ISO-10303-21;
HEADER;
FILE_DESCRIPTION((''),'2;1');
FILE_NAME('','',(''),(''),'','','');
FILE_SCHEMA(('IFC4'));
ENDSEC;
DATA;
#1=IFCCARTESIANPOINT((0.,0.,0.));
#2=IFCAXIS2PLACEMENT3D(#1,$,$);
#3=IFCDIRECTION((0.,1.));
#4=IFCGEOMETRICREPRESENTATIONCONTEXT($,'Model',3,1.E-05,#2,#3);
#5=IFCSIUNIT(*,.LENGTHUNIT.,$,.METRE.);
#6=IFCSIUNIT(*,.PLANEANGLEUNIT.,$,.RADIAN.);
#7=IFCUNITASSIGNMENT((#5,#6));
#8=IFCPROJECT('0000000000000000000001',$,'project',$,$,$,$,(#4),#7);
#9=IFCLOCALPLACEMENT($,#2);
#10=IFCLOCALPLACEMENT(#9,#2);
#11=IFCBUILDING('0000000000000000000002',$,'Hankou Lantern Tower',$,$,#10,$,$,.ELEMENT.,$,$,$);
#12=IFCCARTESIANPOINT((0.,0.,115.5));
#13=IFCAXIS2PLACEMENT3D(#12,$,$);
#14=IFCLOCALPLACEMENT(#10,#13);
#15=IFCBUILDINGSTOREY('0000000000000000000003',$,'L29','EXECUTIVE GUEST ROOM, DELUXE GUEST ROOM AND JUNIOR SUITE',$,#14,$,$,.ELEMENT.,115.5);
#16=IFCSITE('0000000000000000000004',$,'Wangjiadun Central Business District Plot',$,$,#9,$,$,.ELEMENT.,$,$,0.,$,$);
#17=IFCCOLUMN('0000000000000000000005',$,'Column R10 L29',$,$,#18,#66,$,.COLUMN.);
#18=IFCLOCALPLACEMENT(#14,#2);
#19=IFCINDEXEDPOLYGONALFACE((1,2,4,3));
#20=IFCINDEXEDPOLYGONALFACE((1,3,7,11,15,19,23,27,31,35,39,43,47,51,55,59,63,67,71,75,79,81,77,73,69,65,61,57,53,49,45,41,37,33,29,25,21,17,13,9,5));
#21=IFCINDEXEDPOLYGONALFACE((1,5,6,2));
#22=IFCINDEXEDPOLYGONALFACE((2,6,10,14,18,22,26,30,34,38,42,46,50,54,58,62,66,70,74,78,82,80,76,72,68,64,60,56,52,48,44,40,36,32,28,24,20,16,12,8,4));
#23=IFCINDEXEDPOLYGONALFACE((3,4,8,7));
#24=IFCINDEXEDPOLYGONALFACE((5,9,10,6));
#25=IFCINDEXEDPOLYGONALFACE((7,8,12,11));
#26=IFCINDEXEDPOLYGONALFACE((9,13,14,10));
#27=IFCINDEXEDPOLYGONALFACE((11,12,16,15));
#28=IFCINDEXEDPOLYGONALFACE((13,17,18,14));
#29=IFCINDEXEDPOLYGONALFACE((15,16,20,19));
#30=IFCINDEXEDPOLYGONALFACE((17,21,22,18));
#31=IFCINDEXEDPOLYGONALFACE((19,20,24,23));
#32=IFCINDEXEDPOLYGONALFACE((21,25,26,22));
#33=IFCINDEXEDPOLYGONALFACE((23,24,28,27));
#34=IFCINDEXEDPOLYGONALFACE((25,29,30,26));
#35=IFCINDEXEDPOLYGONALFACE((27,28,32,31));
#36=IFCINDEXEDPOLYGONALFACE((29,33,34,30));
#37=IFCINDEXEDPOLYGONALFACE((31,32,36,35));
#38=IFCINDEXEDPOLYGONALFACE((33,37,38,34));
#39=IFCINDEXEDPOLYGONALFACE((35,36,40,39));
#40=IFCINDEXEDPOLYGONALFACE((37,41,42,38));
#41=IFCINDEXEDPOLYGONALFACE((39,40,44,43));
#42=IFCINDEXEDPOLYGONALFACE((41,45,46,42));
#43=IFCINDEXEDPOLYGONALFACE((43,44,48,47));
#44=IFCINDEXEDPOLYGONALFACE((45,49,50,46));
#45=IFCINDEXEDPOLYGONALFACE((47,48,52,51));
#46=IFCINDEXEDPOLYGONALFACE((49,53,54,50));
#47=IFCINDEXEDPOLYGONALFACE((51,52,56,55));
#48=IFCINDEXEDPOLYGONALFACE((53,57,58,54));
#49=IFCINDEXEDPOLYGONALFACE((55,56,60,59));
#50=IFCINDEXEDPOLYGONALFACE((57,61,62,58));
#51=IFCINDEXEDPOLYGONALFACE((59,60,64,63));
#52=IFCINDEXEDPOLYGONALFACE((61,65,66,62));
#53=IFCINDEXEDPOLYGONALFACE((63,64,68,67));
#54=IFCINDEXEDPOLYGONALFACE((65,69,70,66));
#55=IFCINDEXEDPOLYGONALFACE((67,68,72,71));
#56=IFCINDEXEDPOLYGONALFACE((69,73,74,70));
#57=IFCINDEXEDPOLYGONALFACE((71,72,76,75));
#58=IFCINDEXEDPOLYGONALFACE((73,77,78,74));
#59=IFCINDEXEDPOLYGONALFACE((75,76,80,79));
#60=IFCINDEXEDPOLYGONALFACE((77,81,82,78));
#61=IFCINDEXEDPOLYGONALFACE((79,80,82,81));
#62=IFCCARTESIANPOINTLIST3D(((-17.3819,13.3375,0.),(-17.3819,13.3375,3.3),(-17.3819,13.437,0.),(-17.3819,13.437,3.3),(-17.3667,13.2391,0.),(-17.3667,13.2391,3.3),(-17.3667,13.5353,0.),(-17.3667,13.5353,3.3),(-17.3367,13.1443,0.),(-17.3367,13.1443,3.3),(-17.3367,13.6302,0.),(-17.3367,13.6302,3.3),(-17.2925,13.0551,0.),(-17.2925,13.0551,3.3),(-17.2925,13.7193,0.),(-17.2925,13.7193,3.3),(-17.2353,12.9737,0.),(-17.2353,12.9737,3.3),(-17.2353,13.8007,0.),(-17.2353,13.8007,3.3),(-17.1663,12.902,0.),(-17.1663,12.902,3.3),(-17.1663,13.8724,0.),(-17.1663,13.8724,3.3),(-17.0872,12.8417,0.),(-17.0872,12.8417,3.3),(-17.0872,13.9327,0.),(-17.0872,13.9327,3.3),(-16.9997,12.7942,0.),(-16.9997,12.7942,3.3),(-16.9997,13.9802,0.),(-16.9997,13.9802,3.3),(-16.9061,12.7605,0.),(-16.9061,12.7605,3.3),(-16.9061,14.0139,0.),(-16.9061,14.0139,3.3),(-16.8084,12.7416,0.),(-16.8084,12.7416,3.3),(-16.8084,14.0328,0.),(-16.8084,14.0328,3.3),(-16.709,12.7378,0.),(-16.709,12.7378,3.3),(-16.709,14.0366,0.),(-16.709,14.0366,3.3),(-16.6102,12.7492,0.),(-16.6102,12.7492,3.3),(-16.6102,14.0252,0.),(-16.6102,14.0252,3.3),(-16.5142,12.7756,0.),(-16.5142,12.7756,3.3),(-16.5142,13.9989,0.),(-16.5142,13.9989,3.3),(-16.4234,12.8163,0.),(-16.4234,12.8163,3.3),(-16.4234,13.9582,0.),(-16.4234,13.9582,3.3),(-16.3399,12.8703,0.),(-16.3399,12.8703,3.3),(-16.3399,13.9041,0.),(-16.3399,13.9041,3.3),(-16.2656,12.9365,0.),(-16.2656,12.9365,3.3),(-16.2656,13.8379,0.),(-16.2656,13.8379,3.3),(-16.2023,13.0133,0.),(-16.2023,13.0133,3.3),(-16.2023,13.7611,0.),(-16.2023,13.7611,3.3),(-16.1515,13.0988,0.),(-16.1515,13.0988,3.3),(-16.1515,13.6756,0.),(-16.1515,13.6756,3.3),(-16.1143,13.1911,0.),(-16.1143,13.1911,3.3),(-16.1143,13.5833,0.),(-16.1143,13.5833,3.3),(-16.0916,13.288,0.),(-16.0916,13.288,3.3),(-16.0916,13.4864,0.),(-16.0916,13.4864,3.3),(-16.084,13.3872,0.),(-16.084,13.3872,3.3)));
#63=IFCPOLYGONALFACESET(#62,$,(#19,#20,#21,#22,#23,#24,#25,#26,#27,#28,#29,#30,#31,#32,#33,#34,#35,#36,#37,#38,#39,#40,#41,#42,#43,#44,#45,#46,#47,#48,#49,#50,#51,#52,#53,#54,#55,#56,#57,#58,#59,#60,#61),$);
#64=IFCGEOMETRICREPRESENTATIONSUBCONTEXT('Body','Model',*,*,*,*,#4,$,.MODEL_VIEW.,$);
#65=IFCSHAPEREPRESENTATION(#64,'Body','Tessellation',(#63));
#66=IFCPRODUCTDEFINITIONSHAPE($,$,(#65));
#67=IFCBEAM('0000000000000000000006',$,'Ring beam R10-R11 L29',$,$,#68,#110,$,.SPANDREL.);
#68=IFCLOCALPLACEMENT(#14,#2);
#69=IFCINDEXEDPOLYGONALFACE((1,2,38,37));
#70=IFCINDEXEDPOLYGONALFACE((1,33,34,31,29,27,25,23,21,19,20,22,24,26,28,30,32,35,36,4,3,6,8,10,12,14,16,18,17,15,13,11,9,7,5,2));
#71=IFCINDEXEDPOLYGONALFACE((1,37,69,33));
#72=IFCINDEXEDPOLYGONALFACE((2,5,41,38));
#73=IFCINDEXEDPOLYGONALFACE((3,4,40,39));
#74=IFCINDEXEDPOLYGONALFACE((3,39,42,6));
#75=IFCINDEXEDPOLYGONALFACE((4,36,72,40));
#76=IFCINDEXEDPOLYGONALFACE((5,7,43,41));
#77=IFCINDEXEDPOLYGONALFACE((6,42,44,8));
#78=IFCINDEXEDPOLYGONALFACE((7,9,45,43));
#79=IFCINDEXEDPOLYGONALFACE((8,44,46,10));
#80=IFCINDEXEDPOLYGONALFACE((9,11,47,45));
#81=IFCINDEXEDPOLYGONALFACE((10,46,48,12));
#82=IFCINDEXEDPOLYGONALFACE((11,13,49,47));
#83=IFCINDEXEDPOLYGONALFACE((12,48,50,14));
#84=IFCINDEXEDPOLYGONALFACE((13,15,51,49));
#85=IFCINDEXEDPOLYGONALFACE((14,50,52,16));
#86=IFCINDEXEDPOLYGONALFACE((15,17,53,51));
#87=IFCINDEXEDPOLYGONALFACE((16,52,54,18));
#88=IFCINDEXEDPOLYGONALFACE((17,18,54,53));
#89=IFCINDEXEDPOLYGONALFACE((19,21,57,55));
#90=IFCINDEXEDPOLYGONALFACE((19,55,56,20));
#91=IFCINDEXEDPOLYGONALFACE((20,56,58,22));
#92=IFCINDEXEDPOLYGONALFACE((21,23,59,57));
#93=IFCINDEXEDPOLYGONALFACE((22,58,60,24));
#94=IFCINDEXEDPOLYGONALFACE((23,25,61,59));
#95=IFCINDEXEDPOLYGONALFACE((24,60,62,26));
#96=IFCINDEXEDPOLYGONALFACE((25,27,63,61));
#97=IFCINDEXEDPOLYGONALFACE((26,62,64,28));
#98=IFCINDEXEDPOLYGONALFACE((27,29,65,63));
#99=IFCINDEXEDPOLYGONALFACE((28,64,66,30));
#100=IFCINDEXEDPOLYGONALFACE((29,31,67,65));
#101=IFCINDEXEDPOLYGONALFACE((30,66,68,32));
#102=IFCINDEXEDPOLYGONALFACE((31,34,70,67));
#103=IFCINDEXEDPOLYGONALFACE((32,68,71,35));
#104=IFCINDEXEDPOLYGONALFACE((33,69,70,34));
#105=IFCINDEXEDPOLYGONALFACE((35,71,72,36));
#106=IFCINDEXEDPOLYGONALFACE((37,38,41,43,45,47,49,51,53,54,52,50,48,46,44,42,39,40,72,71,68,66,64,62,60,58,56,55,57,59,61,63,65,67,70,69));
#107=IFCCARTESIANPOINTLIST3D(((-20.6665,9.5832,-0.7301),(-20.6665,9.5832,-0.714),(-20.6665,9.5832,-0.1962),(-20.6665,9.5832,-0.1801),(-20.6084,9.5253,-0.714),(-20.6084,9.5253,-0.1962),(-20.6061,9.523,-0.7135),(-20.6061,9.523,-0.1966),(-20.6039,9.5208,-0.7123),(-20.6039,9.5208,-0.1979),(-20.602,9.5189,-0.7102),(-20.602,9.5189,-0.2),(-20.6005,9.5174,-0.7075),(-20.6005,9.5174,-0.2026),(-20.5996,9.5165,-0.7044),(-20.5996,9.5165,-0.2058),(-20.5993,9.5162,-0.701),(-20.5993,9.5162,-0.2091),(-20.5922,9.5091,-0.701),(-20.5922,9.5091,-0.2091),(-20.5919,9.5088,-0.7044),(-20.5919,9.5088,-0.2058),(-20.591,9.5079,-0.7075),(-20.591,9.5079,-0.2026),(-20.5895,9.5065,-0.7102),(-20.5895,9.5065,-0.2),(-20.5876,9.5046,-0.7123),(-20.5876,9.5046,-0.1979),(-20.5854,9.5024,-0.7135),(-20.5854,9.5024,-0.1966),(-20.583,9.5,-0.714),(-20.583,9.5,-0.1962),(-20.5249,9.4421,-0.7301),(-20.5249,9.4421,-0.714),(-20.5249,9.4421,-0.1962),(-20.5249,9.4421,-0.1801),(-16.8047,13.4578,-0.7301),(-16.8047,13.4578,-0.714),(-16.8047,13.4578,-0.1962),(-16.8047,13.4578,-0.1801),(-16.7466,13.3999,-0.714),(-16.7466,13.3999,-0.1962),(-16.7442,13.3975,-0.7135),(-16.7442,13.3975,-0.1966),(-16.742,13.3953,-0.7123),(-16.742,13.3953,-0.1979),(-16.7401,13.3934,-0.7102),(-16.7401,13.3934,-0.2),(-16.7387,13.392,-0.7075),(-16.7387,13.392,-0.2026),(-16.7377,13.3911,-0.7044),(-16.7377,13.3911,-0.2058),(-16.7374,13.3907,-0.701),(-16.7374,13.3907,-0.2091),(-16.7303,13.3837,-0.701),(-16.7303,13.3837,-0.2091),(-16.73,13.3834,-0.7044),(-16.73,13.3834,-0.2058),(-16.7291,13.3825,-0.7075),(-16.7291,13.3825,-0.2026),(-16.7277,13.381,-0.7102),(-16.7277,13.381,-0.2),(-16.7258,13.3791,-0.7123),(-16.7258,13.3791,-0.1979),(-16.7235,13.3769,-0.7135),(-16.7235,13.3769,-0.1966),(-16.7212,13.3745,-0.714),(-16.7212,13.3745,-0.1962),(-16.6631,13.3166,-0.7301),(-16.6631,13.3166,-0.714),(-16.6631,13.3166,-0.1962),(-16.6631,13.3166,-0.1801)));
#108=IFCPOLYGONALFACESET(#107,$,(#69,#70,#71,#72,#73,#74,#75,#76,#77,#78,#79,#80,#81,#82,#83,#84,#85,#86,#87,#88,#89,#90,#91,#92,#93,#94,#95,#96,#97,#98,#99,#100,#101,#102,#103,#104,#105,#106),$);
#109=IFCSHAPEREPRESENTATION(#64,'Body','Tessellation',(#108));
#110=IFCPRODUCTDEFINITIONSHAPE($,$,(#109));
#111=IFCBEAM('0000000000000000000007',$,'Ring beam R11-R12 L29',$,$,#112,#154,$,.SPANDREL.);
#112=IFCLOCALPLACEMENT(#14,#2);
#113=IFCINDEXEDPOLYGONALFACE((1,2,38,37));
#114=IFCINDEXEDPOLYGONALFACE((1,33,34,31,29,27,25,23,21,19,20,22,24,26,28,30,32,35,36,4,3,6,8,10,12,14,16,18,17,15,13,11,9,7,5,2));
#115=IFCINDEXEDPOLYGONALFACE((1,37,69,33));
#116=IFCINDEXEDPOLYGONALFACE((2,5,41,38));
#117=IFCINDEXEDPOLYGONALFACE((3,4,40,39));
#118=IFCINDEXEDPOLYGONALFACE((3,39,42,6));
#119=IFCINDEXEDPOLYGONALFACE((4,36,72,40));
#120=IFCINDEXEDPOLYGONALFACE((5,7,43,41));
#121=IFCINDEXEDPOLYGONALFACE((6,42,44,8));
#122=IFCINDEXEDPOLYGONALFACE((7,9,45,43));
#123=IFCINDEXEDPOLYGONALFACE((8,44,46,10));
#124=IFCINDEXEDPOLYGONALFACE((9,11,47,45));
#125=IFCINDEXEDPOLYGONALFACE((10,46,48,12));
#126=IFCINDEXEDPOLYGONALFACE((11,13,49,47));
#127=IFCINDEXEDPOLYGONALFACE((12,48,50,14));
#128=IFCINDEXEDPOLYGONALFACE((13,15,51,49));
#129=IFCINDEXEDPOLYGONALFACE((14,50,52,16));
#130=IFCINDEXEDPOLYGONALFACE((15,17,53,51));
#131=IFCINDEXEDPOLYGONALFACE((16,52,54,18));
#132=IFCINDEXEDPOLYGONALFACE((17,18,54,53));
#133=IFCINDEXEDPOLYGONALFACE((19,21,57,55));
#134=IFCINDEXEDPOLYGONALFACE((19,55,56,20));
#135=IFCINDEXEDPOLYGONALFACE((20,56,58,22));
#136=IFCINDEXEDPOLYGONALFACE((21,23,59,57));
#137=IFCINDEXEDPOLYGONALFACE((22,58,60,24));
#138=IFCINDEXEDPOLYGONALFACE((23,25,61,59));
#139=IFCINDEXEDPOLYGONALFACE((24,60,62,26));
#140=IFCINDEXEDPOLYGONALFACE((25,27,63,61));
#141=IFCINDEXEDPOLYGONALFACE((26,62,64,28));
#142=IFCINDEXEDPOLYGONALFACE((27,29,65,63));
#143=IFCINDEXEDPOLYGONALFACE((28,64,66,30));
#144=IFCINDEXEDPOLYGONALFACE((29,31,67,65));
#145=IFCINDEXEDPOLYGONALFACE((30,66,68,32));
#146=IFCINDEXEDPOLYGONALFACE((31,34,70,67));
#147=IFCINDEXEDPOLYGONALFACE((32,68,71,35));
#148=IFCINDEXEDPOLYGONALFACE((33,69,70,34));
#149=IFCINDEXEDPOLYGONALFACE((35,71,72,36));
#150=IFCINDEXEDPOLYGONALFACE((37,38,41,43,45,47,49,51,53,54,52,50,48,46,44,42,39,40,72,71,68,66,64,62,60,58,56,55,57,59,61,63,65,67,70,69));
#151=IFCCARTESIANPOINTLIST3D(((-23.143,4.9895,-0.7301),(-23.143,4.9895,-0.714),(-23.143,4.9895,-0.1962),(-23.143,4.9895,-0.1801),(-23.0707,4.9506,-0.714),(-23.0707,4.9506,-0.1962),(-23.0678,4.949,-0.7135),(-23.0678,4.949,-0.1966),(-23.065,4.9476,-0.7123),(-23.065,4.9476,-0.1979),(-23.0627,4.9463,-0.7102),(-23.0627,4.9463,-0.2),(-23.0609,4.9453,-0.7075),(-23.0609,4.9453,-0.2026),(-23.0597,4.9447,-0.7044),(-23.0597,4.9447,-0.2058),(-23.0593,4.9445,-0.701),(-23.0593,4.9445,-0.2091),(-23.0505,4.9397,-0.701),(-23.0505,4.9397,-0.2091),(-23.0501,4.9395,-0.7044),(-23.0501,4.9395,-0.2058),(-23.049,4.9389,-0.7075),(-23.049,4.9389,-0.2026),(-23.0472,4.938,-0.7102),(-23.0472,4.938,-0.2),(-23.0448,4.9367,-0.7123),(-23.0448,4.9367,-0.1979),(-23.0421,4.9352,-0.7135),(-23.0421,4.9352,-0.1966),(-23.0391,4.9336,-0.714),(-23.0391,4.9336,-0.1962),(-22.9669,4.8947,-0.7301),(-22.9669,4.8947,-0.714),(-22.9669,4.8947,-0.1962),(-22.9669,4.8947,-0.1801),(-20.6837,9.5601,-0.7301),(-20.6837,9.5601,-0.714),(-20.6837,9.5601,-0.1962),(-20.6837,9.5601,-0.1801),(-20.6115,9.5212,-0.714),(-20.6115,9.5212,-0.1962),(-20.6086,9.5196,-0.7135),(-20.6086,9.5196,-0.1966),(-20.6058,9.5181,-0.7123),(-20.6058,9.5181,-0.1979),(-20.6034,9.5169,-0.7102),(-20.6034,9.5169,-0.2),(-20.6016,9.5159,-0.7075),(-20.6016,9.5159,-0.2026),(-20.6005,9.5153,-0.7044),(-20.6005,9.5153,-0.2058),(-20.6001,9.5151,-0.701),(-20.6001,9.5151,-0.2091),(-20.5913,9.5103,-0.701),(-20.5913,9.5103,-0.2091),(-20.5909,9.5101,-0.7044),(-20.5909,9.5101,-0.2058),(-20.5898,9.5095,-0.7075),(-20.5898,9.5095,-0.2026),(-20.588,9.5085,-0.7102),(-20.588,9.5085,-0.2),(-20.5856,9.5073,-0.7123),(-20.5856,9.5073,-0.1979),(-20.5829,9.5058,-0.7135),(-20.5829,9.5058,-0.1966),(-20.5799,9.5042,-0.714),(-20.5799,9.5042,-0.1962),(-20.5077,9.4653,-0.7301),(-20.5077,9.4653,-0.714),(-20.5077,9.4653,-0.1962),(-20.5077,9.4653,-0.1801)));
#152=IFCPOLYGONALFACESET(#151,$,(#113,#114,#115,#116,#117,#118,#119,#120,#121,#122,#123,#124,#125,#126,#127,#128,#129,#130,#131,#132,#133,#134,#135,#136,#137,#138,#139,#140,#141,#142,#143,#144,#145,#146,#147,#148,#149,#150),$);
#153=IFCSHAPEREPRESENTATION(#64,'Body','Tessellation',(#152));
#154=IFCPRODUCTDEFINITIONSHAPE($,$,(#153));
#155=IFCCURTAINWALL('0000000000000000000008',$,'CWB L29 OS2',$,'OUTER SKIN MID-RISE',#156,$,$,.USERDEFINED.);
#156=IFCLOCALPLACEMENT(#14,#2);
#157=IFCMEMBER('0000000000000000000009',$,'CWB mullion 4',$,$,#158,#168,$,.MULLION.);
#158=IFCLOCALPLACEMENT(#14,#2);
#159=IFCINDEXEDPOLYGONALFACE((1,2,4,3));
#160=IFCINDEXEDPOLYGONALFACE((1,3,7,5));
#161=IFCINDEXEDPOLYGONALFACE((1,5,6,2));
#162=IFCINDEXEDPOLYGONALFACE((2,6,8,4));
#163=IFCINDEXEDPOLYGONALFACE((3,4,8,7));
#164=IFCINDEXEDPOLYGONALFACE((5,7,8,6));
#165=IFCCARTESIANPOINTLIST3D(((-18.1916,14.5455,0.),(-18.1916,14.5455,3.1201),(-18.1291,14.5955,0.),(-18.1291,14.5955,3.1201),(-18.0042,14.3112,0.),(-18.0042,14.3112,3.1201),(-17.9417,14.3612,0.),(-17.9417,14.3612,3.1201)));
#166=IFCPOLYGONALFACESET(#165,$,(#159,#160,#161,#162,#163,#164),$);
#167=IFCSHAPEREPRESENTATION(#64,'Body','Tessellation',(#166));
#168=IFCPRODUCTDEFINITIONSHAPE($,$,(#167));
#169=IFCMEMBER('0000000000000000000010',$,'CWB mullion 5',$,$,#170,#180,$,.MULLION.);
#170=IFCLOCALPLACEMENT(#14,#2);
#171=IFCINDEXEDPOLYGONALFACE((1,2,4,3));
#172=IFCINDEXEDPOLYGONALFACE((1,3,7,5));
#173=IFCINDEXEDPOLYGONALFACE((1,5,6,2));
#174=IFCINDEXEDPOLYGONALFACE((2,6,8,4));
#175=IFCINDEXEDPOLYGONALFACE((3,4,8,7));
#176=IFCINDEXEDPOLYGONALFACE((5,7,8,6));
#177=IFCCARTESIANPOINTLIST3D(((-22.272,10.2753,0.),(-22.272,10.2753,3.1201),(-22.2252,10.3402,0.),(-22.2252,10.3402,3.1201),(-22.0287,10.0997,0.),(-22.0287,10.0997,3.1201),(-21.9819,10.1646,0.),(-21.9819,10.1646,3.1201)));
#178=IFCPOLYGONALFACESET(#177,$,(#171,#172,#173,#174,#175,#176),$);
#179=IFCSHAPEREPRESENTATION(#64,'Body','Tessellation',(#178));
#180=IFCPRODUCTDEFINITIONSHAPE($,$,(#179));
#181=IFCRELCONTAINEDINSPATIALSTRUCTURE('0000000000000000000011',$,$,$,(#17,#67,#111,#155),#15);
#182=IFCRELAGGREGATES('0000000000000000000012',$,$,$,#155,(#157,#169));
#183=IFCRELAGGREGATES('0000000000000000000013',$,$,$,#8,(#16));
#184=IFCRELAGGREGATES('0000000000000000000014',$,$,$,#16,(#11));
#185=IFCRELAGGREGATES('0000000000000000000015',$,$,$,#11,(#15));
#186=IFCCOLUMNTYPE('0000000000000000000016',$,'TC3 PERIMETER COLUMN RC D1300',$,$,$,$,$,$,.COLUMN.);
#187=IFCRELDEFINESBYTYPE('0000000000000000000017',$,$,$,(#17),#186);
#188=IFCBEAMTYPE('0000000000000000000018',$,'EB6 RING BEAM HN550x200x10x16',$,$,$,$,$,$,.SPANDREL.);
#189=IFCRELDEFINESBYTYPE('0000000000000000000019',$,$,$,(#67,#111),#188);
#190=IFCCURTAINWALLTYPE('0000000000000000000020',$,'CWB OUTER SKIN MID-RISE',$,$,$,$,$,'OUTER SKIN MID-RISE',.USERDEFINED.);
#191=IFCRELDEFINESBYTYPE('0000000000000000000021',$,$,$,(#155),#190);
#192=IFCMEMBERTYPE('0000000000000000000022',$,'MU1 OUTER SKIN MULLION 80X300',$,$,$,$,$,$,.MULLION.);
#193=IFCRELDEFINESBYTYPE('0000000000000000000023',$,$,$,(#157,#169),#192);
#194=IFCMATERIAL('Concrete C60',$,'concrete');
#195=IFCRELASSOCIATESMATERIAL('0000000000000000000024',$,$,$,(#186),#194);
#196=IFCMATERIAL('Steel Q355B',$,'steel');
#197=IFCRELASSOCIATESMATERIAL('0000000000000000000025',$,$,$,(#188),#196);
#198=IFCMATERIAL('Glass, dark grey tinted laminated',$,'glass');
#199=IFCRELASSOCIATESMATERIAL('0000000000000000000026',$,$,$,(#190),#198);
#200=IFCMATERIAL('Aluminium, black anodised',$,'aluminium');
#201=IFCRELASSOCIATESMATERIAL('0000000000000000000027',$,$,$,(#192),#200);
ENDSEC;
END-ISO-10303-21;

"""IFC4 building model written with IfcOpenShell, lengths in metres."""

from ifc_helpers import new_model, si_unit, direction, frame, origin, origin_2d, place, context, subcontext, project, spatial, rectangle, circle, i_section, extrude, material, material_profile, profile_set, type_object, element, aggregate, save


model = new_model("IFC4")

# Units and contexts
model_context = context("Model", 3, precision=1e-05, world=origin(), true_north=direction((0.0, 1.0)))
body_context = subcontext(model_context, "Body", "Model", "MODEL_VIEW")
ifc_project = project(units=[si_unit("LENGTHUNIT", "METRE"), si_unit("PLANEANGLEUNIT", "RADIAN")], contexts=[model_context])

# Site, building, storey
site_placement = place(None, origin())
site = spatial("IfcSite", under=ifc_project, at=site_placement, Name="Wangjiadun Central Business District Plot", CompositionType="ELEMENT", RefElevation=0.0)
building_placement = place(site_placement, origin())
building = spatial("IfcBuilding", under=site, at=building_placement, Name="Hankou Lantern Tower", CompositionType="ELEMENT")
storey_placement = place(building_placement, frame((0.0, 0.0, 115.5)))
storey = spatial("IfcBuildingStorey", under=building, at=storey_placement, Name="L29", Description="EXECUTIVE GUEST ROOM, DELUXE GUEST ROOM AND JUNIOR SUITE", CompositionType="ELEMENT", Elevation=115.5)

# Column
ifc_material_1 = material(Name="Concrete C60", Category="concrete")
ifc_material_profile_1 = material_profile(ifc_material_1, circle(Radius=0.6499, at=origin_2d()), Name="RC D1300")
ifc_profile_set_1 = profile_set([ifc_material_profile_1], Name="Concrete C60")
column_type = type_object("IfcColumnType", Name="TC3 PERIMETER COLUMN RC D1300", PredefinedType="COLUMN", material=ifc_profile_set_1)
column_placement = place(storey_placement, frame((-16.7339, 13.3872, 0.0), z_axis=(0.0, 0.0, 1.0), x_axis=(1.0, 0.0, 0.0)))
element("IfcColumn", 1, at=column_placement, inside=storey, type_object=column_type, Name="Column R10 L29", PredefinedType="COLUMN", context=body_context, shape_type="SweptSolid", body=[
    extrude(circle(Radius=0.6499, at=origin_2d()), origin(), (0.0, 0.0, 1.0), 3.3),
])

# Beams
ifc_material_2 = material(Name="Steel Q355B", Category="steel")
ifc_material_profile_2 = material_profile(ifc_material_2, i_section(OverallWidth=0.2, OverallDepth=0.55, WebThickness=0.01, FlangeThickness=0.0161, FilletRadius=0.0129, at=origin_2d()), Name="HN550x200x10x16")
ifc_profile_set_2 = profile_set([ifc_material_profile_2], Name="Steel Q355B")
beam_type_1 = type_object("IfcBeamType", Name="EB6 RING BEAM HN550x200x10x16", PredefinedType="SPANDREL", material=ifc_profile_set_2)
beam_1_placement = place(storey_placement, frame((-16.7339, 13.3872, -0.4551), z_axis=(-0.705945, -0.708266, 0.0), x_axis=(0.708266, -0.705945, 0.0)))
element("IfcBeam", 2, at=beam_1_placement, inside=storey, type_object=beam_type_1, Name="Ring beam R10-R11 L29", PredefinedType="SPANDREL", context=body_context, shape_type="SweptSolid", body=[
    extrude(i_section(OverallWidth=0.2, OverallDepth=0.55, WebThickness=0.01, FlangeThickness=0.0161, FilletRadius=0.0129, at=origin_2d()), origin(), (0.0, 0.0, 1.0), 5.4705),
])
beam_2_placement = place(storey_placement, frame((-20.5957, 9.5127, -0.4551), z_axis=(-0.473825, -0.880619, 0.0), x_axis=(0.880619, -0.473825, 0.0)))
element("IfcBeam", 3, at=beam_2_placement, inside=storey, type_object=beam_type_1, Name="Ring beam R11-R12 L29", PredefinedType="SPANDREL", context=body_context, shape_type="SweptSolid", body=[
    extrude(i_section(OverallWidth=0.2, OverallDepth=0.55, WebThickness=0.01, FlangeThickness=0.0161, FilletRadius=0.0129, at=origin_2d()), origin(), (0.0, 0.0, 1.0), 5.1902),
])

# Curtain wall, members
ifc_material_3 = material(Name="Glass, dark grey tinted laminated", Category="glass")
curtain_wall_type = type_object("IfcCurtainWallType", Name="CWB OUTER SKIN MID-RISE", ElementType="OUTER SKIN MID-RISE", PredefinedType="USERDEFINED", material=ifc_material_3)
curtain_wall_placement = place(storey_placement, origin())
curtain_wall = element("IfcCurtainWall", 4, at=curtain_wall_placement, inside=storey, type_object=curtain_wall_type, Name="CWB L29 OS2", ObjectType="OUTER SKIN MID-RISE", PredefinedType="USERDEFINED")
ifc_material_4 = material(Name="Aluminium, black anodised", Category="aluminium")
ifc_material_profile_3 = material_profile(ifc_material_4, rectangle(XDim=0.0801, YDim=0.3, at=origin_2d()), Name="MU1 80X300")
ifc_profile_set_3 = profile_set([ifc_material_profile_3], Name="Aluminium, black anodised")
member_type_1 = type_object("IfcMemberType", Name="MU1 OUTER SKIN MULLION 80X300", PredefinedType="MULLION", material=ifc_profile_set_3)
member_1_placement = place(storey_placement, frame((-18.0667, 14.4534, 0.0), z_axis=(0.0, 0.0, 1.0), x_axis=(-0.780869, -0.624695, 0.0)))
member_1 = element("IfcMember", 5, at=member_1_placement, type_object=member_type_1, Name="CWB mullion 4", PredefinedType="MULLION", context=body_context, shape_type="SweptSolid", body=[
    extrude(rectangle(XDim=0.0801, YDim=0.3, at=origin_2d()), origin(), (0.0, 0.0, 1.0), 3.1201),
])
member_2_placement = place(storey_placement, frame((-22.127, 10.22, 0.0), z_axis=(0.0, 0.0, 1.0), x_axis=(-0.585206, -0.810885, 0.0)))
member_2 = element("IfcMember", 6, at=member_2_placement, type_object=member_type_1, Name="CWB mullion 5", PredefinedType="MULLION", context=body_context, shape_type="SweptSolid", body=[
    extrude(rectangle(XDim=0.0801, YDim=0.3, at=origin_2d()), origin(), (0.0, 0.0, 1.0), 3.1201),
])

aggregate(curtain_wall, [member_1, member_2])

save(model, "model.ifc")
